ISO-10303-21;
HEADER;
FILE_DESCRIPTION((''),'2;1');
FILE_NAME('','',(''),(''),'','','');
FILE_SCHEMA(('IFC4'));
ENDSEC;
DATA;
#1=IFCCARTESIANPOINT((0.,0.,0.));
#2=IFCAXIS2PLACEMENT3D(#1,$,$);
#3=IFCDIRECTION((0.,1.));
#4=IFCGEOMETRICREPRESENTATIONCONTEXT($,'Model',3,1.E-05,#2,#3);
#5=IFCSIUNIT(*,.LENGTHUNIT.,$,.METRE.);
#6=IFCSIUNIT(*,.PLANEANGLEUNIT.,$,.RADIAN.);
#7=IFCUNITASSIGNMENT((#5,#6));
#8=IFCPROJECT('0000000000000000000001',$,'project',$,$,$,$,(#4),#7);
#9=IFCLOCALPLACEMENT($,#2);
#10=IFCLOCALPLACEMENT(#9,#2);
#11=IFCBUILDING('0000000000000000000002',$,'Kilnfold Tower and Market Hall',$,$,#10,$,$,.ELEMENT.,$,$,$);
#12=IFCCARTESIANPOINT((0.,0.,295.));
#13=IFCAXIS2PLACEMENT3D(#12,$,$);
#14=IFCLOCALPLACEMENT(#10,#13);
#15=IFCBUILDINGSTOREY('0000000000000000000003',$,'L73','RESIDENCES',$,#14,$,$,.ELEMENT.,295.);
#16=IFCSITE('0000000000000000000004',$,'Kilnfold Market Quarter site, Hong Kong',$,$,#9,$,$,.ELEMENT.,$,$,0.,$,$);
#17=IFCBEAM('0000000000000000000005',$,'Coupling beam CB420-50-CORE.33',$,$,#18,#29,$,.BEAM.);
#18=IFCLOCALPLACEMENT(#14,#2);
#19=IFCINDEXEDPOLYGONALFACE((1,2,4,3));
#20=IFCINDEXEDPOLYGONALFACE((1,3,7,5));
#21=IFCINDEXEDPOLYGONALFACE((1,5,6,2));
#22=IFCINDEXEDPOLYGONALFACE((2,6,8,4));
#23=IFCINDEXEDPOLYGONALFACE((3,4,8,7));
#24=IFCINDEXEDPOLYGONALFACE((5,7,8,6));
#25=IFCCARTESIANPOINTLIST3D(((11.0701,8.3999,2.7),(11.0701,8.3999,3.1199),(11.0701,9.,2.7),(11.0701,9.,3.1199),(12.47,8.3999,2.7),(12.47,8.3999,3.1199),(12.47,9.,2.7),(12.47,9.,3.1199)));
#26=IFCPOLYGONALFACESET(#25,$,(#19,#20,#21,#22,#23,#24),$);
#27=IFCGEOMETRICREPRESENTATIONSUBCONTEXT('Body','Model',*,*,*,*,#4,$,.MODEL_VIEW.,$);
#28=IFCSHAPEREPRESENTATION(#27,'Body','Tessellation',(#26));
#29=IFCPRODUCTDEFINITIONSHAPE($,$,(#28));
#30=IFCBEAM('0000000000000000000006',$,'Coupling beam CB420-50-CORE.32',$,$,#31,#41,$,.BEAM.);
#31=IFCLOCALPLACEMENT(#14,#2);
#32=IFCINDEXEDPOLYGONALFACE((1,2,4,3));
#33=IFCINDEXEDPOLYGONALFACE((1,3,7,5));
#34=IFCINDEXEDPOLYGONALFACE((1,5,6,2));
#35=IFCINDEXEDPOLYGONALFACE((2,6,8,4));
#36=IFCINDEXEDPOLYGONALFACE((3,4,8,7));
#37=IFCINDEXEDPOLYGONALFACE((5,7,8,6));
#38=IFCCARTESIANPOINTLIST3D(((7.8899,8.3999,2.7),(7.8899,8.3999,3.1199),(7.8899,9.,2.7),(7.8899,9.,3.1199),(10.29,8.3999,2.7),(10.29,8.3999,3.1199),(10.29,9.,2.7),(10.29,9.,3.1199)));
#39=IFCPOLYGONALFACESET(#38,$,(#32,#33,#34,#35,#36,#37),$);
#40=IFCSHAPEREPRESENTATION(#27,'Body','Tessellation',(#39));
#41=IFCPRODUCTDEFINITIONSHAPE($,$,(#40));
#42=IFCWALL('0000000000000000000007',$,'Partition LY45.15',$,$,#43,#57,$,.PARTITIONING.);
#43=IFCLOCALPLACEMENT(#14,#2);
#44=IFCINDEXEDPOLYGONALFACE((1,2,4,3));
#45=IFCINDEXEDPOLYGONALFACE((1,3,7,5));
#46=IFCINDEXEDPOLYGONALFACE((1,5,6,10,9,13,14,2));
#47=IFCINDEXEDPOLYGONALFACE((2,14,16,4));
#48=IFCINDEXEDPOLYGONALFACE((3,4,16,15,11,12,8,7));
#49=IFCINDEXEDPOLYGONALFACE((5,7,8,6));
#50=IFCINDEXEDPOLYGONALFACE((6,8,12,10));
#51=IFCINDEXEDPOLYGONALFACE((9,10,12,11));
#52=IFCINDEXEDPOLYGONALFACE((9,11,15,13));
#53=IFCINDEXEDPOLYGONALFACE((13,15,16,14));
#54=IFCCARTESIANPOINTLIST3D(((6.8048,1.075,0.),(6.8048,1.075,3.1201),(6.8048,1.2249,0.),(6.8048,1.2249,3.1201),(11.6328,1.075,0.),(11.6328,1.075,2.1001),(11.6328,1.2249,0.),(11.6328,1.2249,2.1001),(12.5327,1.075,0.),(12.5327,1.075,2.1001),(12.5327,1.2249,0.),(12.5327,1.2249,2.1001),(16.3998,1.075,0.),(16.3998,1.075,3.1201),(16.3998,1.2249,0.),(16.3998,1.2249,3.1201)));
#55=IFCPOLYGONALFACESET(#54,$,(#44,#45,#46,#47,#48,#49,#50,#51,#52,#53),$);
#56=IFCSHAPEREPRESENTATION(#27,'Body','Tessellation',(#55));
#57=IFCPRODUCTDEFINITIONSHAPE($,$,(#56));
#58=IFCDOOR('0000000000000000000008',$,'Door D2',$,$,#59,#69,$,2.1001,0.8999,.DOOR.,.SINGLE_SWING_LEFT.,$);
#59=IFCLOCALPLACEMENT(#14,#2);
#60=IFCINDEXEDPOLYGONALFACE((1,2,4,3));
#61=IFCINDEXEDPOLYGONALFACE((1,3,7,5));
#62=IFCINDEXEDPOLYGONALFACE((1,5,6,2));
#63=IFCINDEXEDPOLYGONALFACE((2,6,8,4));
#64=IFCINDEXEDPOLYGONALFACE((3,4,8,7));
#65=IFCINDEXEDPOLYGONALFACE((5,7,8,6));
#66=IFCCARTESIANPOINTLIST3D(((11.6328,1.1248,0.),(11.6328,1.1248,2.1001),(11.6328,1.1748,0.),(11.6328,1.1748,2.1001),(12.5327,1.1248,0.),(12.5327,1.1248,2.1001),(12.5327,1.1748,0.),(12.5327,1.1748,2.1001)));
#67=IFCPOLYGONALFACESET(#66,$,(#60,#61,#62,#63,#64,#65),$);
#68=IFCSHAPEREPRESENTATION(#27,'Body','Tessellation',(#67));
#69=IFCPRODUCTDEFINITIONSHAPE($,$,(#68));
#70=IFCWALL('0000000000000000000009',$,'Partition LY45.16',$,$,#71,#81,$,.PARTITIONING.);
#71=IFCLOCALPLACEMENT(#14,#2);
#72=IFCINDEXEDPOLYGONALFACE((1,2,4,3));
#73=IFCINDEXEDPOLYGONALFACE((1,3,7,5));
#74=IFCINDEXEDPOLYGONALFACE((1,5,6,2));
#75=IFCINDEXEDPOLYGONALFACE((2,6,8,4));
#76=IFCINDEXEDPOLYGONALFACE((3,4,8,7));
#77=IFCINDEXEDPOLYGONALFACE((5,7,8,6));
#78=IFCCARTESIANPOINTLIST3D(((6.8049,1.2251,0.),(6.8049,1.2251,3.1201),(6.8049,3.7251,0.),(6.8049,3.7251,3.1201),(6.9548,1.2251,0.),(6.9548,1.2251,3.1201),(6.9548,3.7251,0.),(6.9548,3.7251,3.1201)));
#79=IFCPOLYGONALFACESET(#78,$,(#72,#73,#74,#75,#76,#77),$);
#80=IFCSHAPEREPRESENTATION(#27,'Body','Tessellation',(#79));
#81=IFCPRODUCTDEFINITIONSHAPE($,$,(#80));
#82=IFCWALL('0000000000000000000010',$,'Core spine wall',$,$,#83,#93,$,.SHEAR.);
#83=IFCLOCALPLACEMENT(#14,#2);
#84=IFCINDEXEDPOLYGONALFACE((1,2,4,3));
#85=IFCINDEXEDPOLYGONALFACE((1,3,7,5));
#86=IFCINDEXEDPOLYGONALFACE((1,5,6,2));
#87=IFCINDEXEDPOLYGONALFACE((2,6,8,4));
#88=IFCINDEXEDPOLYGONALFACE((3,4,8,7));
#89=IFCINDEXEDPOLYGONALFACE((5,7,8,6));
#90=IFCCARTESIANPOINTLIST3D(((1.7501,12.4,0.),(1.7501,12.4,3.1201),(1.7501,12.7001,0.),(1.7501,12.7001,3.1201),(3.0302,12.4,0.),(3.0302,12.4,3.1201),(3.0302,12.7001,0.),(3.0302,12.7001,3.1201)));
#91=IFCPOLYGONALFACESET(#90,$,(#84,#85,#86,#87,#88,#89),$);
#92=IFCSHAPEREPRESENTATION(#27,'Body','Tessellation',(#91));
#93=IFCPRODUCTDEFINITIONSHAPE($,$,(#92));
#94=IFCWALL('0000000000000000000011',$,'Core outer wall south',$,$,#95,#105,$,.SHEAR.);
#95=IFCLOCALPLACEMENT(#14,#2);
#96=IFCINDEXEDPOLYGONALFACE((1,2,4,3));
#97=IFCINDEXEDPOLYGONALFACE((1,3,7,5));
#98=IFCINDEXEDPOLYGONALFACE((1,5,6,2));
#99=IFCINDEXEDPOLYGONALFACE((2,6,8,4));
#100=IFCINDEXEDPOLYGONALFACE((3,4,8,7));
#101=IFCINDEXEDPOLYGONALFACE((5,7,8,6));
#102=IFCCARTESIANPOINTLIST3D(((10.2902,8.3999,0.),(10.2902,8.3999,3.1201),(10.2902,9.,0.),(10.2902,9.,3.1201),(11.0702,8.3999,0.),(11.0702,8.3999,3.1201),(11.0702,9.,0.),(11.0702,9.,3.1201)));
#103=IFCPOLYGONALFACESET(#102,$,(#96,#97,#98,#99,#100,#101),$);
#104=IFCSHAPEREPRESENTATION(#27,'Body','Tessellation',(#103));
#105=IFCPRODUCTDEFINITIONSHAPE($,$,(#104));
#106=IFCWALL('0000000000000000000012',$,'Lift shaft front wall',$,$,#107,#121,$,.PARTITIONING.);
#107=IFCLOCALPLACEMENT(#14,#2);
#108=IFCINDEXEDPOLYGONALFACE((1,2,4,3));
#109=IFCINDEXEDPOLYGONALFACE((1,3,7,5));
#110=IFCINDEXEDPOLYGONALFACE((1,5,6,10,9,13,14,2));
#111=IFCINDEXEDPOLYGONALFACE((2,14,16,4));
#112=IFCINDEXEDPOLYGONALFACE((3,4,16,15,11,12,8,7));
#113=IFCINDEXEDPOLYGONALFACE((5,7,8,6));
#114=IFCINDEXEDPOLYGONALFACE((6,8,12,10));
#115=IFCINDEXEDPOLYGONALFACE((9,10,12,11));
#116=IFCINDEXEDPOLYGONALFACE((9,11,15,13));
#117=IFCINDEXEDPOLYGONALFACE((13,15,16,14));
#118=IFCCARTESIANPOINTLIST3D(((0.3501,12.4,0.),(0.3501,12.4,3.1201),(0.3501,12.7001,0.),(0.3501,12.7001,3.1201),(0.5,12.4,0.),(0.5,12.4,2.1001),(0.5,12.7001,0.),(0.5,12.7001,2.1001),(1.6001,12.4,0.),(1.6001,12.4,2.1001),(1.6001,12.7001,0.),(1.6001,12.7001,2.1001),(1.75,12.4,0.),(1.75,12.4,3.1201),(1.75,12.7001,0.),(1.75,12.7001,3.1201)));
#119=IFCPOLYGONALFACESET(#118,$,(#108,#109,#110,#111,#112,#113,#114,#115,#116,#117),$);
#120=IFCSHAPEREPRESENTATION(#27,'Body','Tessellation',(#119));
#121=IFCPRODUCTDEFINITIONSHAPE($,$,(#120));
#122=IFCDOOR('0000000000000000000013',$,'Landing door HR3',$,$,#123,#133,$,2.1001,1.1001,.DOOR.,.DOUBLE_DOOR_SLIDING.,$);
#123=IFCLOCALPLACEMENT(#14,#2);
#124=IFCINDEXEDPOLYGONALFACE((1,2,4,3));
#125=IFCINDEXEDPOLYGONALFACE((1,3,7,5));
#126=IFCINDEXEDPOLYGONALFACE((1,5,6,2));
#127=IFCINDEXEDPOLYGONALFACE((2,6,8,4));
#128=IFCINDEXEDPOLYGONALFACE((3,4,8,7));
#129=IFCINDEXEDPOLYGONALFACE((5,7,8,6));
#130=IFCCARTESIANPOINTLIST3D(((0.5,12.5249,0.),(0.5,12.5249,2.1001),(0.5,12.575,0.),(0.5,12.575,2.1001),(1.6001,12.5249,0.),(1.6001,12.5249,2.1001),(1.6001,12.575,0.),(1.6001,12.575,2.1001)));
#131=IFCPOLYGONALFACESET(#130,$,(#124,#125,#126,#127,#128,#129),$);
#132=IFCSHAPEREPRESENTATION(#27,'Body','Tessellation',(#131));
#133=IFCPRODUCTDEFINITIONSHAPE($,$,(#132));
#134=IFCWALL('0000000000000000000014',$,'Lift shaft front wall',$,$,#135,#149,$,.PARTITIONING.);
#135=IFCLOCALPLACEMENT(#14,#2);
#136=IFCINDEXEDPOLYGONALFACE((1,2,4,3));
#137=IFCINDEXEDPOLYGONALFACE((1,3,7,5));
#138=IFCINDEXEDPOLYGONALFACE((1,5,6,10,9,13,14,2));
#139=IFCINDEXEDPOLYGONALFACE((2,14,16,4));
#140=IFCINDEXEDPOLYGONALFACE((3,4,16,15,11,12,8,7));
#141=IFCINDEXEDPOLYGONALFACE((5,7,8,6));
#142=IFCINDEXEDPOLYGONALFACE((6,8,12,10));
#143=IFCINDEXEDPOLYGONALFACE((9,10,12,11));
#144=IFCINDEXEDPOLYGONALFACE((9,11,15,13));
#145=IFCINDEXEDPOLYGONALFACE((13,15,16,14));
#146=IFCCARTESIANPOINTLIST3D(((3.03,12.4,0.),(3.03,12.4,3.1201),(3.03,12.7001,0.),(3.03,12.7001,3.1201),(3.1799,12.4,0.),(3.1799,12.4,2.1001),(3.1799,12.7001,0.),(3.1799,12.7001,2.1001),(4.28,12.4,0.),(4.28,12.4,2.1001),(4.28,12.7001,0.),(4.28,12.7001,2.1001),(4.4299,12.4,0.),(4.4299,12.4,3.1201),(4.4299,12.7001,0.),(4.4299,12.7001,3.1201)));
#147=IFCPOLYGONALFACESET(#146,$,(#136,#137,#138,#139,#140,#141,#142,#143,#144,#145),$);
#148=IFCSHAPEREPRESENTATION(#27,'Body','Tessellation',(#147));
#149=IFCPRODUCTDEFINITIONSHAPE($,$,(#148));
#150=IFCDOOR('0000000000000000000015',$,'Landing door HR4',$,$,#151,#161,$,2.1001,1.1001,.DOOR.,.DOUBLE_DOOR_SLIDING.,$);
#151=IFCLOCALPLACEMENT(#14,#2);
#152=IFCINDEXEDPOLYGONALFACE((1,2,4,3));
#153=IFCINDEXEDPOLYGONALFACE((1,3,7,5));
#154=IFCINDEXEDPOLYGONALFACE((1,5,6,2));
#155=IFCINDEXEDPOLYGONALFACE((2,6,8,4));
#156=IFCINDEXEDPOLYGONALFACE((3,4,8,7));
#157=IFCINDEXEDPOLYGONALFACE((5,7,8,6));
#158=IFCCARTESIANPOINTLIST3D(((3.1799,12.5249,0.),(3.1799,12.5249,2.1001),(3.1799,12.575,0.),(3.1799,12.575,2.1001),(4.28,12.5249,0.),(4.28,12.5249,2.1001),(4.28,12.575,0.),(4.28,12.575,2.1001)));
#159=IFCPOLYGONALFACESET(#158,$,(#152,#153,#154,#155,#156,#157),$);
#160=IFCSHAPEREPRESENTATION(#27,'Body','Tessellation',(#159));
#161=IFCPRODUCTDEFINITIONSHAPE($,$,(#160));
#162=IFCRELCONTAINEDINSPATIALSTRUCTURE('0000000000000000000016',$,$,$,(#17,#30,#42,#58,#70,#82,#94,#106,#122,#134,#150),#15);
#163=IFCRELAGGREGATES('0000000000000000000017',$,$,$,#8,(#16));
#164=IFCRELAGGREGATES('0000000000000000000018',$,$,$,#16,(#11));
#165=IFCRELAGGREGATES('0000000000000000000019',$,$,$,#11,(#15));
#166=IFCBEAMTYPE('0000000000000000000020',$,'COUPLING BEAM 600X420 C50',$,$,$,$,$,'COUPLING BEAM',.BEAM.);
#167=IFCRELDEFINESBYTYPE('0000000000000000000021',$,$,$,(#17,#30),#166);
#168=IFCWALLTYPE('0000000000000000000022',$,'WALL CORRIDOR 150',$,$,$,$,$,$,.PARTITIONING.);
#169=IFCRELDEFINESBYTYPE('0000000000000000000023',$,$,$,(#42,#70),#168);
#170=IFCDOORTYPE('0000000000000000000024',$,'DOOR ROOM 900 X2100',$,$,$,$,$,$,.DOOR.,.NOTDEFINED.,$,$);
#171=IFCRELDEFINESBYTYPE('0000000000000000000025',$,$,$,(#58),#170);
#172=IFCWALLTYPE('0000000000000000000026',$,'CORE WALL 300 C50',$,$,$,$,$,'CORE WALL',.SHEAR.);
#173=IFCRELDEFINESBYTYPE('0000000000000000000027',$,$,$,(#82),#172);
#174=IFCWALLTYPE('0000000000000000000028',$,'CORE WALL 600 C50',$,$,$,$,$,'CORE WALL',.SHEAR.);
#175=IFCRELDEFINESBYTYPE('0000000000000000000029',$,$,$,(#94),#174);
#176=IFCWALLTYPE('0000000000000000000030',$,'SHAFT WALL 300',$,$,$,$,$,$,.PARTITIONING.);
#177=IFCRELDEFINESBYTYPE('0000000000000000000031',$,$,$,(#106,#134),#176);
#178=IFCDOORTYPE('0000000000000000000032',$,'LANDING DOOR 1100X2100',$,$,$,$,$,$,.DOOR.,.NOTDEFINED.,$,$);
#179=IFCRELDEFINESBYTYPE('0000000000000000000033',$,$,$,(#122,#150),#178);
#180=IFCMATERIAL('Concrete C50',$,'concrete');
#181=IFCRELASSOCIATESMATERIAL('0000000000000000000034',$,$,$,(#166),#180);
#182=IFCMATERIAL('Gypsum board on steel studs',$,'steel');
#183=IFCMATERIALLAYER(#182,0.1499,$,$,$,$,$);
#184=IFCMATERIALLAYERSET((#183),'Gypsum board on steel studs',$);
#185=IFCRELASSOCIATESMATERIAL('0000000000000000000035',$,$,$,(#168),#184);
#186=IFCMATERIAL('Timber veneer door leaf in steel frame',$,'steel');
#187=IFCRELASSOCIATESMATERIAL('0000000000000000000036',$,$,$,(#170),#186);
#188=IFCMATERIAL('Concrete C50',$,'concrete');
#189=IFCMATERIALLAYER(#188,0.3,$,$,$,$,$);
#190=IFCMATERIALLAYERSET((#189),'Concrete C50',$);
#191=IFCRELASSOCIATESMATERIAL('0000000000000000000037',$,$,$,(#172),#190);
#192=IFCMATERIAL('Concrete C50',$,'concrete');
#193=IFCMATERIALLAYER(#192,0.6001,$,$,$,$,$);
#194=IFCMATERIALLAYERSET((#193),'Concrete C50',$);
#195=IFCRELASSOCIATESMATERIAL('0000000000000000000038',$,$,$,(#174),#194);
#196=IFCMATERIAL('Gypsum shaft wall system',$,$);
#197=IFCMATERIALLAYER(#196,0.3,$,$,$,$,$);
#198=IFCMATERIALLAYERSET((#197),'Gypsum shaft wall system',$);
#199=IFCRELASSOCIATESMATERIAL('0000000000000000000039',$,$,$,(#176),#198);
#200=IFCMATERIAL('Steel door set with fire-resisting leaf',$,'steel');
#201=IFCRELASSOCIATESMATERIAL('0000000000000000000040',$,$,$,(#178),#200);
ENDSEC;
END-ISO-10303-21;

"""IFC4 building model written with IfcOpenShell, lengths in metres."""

from ifc_helpers import new_model, si_unit, direction, frame, frame_2d, origin, origin_2d, place, context, subcontext, project, spatial, rectangle, extrude, source, transform, mapped, material, layer, layer_set, material_profile, profile_set, type_object, element, fill, save


model = new_model("IFC4")

# Units and contexts
model_context = context("Model", 3, precision=1e-05, world=origin(), true_north=direction((0.0, 1.0)))
body_context = subcontext(model_context, "Body", "Model", "MODEL_VIEW")
ifc_project = project(units=[si_unit("LENGTHUNIT", "METRE"), si_unit("PLANEANGLEUNIT", "RADIAN")], contexts=[model_context])

# Site, building, storey
site_placement = place(None, origin())
site = spatial("IfcSite", under=ifc_project, at=site_placement, Name="Kilnfold Market Quarter site, Hong Kong", CompositionType="ELEMENT", RefElevation=0.0)
building_placement = place(site_placement, origin())
building = spatial("IfcBuilding", under=site, at=building_placement, Name="Kilnfold Tower and Market Hall", CompositionType="ELEMENT")
storey_placement = place(building_placement, frame((0.0, 0.0, 295.0)))
storey = spatial("IfcBuildingStorey", under=building, at=storey_placement, Name="L73", Description="RESIDENCES", CompositionType="ELEMENT", Elevation=295.0)

# Beams
ifc_material_1 = material(Name="Concrete C50", Category="concrete")
ifc_material_profile = material_profile(ifc_material_1, rectangle(XDim=0.6001, YDim=0.4199, at=origin_2d()), Name="RC 600x420")
ifc_profile_set = profile_set([ifc_material_profile], Name="Concrete C50")
beam_type = type_object("IfcBeamType", Name="COUPLING BEAM 600X420 C50", ElementType="COUPLING BEAM", PredefinedType="BEAM", material=ifc_profile_set)
shared_shape_1 = source(origin(), body_context, "Body", "SweptSolid", [
    extrude(rectangle(XDim=0.6001, YDim=0.4199, at=origin_2d()), origin(), (0.0, 0.0, 1.0), 1.3999),
])
beam_1_placement = place(storey_placement, frame((11.0701, 8.7, 2.9099), z_axis=(1.0, 0.0, 0.0), x_axis=(0.0, 1.0, 0.0)))
element("IfcBeam", 1, at=beam_1_placement, inside=storey, type_object=beam_type, Name="Coupling beam CB420-50-CORE.33", PredefinedType="BEAM", context=body_context, shape_type="MappedRepresentation", body=[
    mapped(shared_shape_1, transform((0.0, 0.0, 0.0))),
])
shared_shape_2 = source(origin(), body_context, "Body", "SweptSolid", [
    extrude(rectangle(XDim=0.6001, YDim=0.4199, at=origin_2d()), origin(), (0.0, 0.0, 1.0), 2.4001),
])
beam_2_placement = place(storey_placement, frame((7.8899, 8.7, 2.9099), z_axis=(1.0, 0.0, 0.0), x_axis=(0.0, 1.0, 0.0)))
element("IfcBeam", 2, at=beam_2_placement, inside=storey, type_object=beam_type, Name="Coupling beam CB420-50-CORE.32", PredefinedType="BEAM", context=body_context, shape_type="MappedRepresentation", body=[
    mapped(shared_shape_2, transform((0.0, 0.0, 0.0))),
])

# Wall, opening, door
ifc_material_2 = material(Name="Gypsum board on steel studs", Category="steel")
ifc_layer_1 = layer(ifc_material_2, 0.1499)
ifc_layer_set_1 = layer_set([ifc_layer_1], Name="Gypsum board on steel studs")
wall_type_1 = type_object("IfcWallType", Name="WALL CORRIDOR 150", PredefinedType="PARTITIONING", material=ifc_layer_set_1)
wall_1_placement = place(storey_placement, frame((6.8049, 1.1499, 0.0), z_axis=(0.0, 0.0, 1.0), x_axis=(1.0, 0.0, 0.0)))
wall_1 = element("IfcWall", 3, at=wall_1_placement, inside=storey, type_object=wall_type_1, Name="Partition LY45.15", PredefinedType="PARTITIONING", context=body_context, shape_type="SweptSolid", body=[
    extrude(rectangle(XDim=9.595, YDim=0.1499, at=frame_2d((4.7974, 0.0))), origin(), (0.0, 0.0, 1.0), 3.1201),
])
opening_1_placement = place(wall_1_placement, frame((4.8279, 0.0, 0.0)))
opening_1 = element("IfcOpeningElement", 4, at=opening_1_placement, cuts=wall_1, PredefinedType="OPENING", context=body_context, shape_type="SweptSolid", body=[
    extrude(rectangle(XDim=0.8999, YDim=2.1001, at=frame_2d((0.45, 1.05))), frame((0.0, 0.085, 0.0), z_axis=(0.0, -1.0, 0.0), x_axis=(1.0, 0.0, 0.0)), (0.0, 0.0, 1.0), 0.1699),
])
ifc_material_3 = material(Name="Timber veneer door leaf in steel frame", Category="steel")
door_type_1 = type_object("IfcDoorType", Name="DOOR ROOM 900 X2100", OperationType="NOTDEFINED", PredefinedType="DOOR", material=ifc_material_3)
door_1_placement = place(opening_1_placement, origin())
door_1 = element("IfcDoor", 5, at=door_1_placement, inside=storey, type_object=door_type_1, Name="Door D2", OperationType="SINGLE_SWING_LEFT", OverallHeight=2.1001, OverallWidth=0.8999, PredefinedType="DOOR", context=body_context, shape_type="SweptSolid", body=[
    extrude(rectangle(XDim=0.8999, YDim=2.1001, at=frame_2d((0.45, 1.05))), frame((0.0, 0.0249, 0.0), z_axis=(0.0, -1.0, 0.0), x_axis=(1.0, 0.0, 0.0)), (0.0, 0.0, 1.0), 0.05),
])
fill(opening_1, door_1)

# Walls
wall_2_placement = place(storey_placement, frame((6.8799, 3.7251, 0.0), z_axis=(0.0, 0.0, 1.0), x_axis=(0.0, -1.0, 0.0)))
element("IfcWall", 6, at=wall_2_placement, inside=storey, type_object=wall_type_1, Name="Partition LY45.16", PredefinedType="PARTITIONING", context=body_context, shape_type="SweptSolid", body=[
    extrude(rectangle(XDim=2.5, YDim=0.1499, at=frame_2d((1.25, 0.0))), origin(), (0.0, 0.0, 1.0), 3.1201),
])
ifc_material_4 = material(Name="Concrete C50", Category="concrete")
ifc_layer_2 = layer(ifc_material_4, 0.3)
ifc_layer_set_2 = layer_set([ifc_layer_2], Name="Concrete C50")
wall_type_2 = type_object("IfcWallType", Name="CORE WALL 300 C50", ElementType="CORE WALL", PredefinedType="SHEAR", material=ifc_layer_set_2)
shared_shape_3 = source(origin(), body_context, "Body", "SweptSolid", [
    extrude(rectangle(XDim=1.28, YDim=0.3, at=frame_2d((0.6401, 0.0))), origin(), (0.0, 0.0, 1.0), 3.1201),
])
wall_3_placement = place(storey_placement, frame((1.75, 12.55, 0.0), z_axis=(0.0, 0.0, 1.0), x_axis=(1.0, 0.0, 0.0)))
element("IfcWall", 7, at=wall_3_placement, inside=storey, type_object=wall_type_2, Name="Core spine wall", PredefinedType="SHEAR", context=body_context, shape_type="MappedRepresentation", body=[
    mapped(shared_shape_3, transform((0.0, 0.0, 0.0))),
])
ifc_material_5 = material(Name="Concrete C50", Category="concrete")
ifc_layer_3 = layer(ifc_material_5, 0.6001)
ifc_layer_set_3 = layer_set([ifc_layer_3], Name="Concrete C50")
wall_type_3 = type_object("IfcWallType", Name="CORE WALL 600 C50", ElementType="CORE WALL", PredefinedType="SHEAR", material=ifc_layer_set_3)
shared_shape_4 = source(origin(), body_context, "Body", "SweptSolid", [
    extrude(rectangle(XDim=0.78, YDim=0.6001, at=frame_2d((0.3901, 0.0))), origin(), (0.0, 0.0, 1.0), 3.1201),
])
wall_4_placement = place(storey_placement, frame((10.29, 8.7, 0.0), z_axis=(0.0, 0.0, 1.0), x_axis=(1.0, 0.0, 0.0)))
element("IfcWall", 8, at=wall_4_placement, inside=storey, type_object=wall_type_3, Name="Core outer wall south", PredefinedType="SHEAR", context=body_context, shape_type="MappedRepresentation", body=[
    mapped(shared_shape_4, transform((0.0, 0.0, 0.0))),
])

# Walls, openings, doors
ifc_material_6 = material(Name="Gypsum shaft wall system")
ifc_layer_4 = layer(ifc_material_6, 0.3)
ifc_layer_set_4 = layer_set([ifc_layer_4], Name="Gypsum shaft wall system")
wall_type_4 = type_object("IfcWallType", Name="SHAFT WALL 300", PredefinedType="PARTITIONING", material=ifc_layer_set_4)
shared_shape_5 = source(origin(), body_context, "Body", "SweptSolid", [
    extrude(rectangle(XDim=1.3999, YDim=0.3, at=frame_2d((0.7, 0.0))), origin(), (0.0, 0.0, 1.0), 3.1201),
])
wall_5_placement = place(storey_placement, frame((0.3501, 12.55, 0.0), z_axis=(0.0, 0.0, 1.0), x_axis=(1.0, 0.0, 0.0)))
wall_5 = element("IfcWall", 9, at=wall_5_placement, inside=storey, type_object=wall_type_4, Name="Lift shaft front wall", PredefinedType="PARTITIONING", context=body_context, shape_type="MappedRepresentation", body=[
    mapped(shared_shape_5, transform((0.0, 0.0, 0.0))),
])
opening_2_placement = place(wall_5_placement, frame((0.1499, 0.0, 0.0)))
opening_2 = element("IfcOpeningElement", 10, at=opening_2_placement, cuts=wall_5, PredefinedType="OPENING", context=body_context, shape_type="SweptSolid", body=[
    extrude(rectangle(XDim=1.1001, YDim=2.1001, at=frame_2d((0.55, 1.05))), frame((0.0, 0.1602, 0.0), z_axis=(0.0, -1.0, 0.0), x_axis=(1.0, 0.0, 0.0)), (0.0, 0.0, 1.0), 0.3201),
])
ifc_material_7 = material(Name="Steel door set with fire-resisting leaf", Category="steel")
door_type_2 = type_object("IfcDoorType", Name="LANDING DOOR 1100X2100", OperationType="NOTDEFINED", PredefinedType="DOOR", material=ifc_material_7)
door_2_placement = place(opening_2_placement, origin())
door_2 = element("IfcDoor", 11, at=door_2_placement, inside=storey, type_object=door_type_2, Name="Landing door HR3", OperationType="DOUBLE_DOOR_SLIDING", OverallHeight=2.1001, OverallWidth=1.1001, PredefinedType="DOOR", context=body_context, shape_type="SweptSolid", body=[
    extrude(rectangle(XDim=1.1001, YDim=2.1001, at=frame_2d((0.55, 1.05))), frame((0.0, 0.0249, 0.0), z_axis=(0.0, -1.0, 0.0), x_axis=(1.0, 0.0, 0.0)), (0.0, 0.0, 1.0), 0.05),
])
fill(opening_2, door_2)
wall_6_placement = place(storey_placement, frame((3.03, 12.55, 0.0), z_axis=(0.0, 0.0, 1.0), x_axis=(1.0, 0.0, 0.0)))
wall_6 = element("IfcWall", 12, at=wall_6_placement, inside=storey, type_object=wall_type_4, Name="Lift shaft front wall", PredefinedType="PARTITIONING", context=body_context, shape_type="MappedRepresentation", body=[
    mapped(shared_shape_5, transform((0.0, 0.0, 0.0))),
])
opening_3_placement = place(wall_6_placement, frame((0.1499, 0.0, 0.0)))
opening_3 = element("IfcOpeningElement", 13, at=opening_3_placement, cuts=wall_6, PredefinedType="OPENING", context=body_context, shape_type="SweptSolid", body=[
    extrude(rectangle(XDim=1.1001, YDim=2.1001, at=frame_2d((0.55, 1.05))), frame((0.0, 0.1602, 0.0), z_axis=(0.0, -1.0, 0.0), x_axis=(1.0, 0.0, 0.0)), (0.0, 0.0, 1.0), 0.3201),
])
door_3_placement = place(opening_3_placement, origin())
door_3 = element("IfcDoor", 14, at=door_3_placement, inside=storey, type_object=door_type_2, Name="Landing door HR4", OperationType="DOUBLE_DOOR_SLIDING", OverallHeight=2.1001, OverallWidth=1.1001, PredefinedType="DOOR", context=body_context, shape_type="SweptSolid", body=[
    extrude(rectangle(XDim=1.1001, YDim=2.1001, at=frame_2d((0.55, 1.05))), frame((0.0, 0.0249, 0.0), z_axis=(0.0, -1.0, 0.0), x_axis=(1.0, 0.0, 0.0)), (0.0, 0.0, 1.0), 0.05),
])
fill(opening_3, door_3)

save(model, "model.ifc")
